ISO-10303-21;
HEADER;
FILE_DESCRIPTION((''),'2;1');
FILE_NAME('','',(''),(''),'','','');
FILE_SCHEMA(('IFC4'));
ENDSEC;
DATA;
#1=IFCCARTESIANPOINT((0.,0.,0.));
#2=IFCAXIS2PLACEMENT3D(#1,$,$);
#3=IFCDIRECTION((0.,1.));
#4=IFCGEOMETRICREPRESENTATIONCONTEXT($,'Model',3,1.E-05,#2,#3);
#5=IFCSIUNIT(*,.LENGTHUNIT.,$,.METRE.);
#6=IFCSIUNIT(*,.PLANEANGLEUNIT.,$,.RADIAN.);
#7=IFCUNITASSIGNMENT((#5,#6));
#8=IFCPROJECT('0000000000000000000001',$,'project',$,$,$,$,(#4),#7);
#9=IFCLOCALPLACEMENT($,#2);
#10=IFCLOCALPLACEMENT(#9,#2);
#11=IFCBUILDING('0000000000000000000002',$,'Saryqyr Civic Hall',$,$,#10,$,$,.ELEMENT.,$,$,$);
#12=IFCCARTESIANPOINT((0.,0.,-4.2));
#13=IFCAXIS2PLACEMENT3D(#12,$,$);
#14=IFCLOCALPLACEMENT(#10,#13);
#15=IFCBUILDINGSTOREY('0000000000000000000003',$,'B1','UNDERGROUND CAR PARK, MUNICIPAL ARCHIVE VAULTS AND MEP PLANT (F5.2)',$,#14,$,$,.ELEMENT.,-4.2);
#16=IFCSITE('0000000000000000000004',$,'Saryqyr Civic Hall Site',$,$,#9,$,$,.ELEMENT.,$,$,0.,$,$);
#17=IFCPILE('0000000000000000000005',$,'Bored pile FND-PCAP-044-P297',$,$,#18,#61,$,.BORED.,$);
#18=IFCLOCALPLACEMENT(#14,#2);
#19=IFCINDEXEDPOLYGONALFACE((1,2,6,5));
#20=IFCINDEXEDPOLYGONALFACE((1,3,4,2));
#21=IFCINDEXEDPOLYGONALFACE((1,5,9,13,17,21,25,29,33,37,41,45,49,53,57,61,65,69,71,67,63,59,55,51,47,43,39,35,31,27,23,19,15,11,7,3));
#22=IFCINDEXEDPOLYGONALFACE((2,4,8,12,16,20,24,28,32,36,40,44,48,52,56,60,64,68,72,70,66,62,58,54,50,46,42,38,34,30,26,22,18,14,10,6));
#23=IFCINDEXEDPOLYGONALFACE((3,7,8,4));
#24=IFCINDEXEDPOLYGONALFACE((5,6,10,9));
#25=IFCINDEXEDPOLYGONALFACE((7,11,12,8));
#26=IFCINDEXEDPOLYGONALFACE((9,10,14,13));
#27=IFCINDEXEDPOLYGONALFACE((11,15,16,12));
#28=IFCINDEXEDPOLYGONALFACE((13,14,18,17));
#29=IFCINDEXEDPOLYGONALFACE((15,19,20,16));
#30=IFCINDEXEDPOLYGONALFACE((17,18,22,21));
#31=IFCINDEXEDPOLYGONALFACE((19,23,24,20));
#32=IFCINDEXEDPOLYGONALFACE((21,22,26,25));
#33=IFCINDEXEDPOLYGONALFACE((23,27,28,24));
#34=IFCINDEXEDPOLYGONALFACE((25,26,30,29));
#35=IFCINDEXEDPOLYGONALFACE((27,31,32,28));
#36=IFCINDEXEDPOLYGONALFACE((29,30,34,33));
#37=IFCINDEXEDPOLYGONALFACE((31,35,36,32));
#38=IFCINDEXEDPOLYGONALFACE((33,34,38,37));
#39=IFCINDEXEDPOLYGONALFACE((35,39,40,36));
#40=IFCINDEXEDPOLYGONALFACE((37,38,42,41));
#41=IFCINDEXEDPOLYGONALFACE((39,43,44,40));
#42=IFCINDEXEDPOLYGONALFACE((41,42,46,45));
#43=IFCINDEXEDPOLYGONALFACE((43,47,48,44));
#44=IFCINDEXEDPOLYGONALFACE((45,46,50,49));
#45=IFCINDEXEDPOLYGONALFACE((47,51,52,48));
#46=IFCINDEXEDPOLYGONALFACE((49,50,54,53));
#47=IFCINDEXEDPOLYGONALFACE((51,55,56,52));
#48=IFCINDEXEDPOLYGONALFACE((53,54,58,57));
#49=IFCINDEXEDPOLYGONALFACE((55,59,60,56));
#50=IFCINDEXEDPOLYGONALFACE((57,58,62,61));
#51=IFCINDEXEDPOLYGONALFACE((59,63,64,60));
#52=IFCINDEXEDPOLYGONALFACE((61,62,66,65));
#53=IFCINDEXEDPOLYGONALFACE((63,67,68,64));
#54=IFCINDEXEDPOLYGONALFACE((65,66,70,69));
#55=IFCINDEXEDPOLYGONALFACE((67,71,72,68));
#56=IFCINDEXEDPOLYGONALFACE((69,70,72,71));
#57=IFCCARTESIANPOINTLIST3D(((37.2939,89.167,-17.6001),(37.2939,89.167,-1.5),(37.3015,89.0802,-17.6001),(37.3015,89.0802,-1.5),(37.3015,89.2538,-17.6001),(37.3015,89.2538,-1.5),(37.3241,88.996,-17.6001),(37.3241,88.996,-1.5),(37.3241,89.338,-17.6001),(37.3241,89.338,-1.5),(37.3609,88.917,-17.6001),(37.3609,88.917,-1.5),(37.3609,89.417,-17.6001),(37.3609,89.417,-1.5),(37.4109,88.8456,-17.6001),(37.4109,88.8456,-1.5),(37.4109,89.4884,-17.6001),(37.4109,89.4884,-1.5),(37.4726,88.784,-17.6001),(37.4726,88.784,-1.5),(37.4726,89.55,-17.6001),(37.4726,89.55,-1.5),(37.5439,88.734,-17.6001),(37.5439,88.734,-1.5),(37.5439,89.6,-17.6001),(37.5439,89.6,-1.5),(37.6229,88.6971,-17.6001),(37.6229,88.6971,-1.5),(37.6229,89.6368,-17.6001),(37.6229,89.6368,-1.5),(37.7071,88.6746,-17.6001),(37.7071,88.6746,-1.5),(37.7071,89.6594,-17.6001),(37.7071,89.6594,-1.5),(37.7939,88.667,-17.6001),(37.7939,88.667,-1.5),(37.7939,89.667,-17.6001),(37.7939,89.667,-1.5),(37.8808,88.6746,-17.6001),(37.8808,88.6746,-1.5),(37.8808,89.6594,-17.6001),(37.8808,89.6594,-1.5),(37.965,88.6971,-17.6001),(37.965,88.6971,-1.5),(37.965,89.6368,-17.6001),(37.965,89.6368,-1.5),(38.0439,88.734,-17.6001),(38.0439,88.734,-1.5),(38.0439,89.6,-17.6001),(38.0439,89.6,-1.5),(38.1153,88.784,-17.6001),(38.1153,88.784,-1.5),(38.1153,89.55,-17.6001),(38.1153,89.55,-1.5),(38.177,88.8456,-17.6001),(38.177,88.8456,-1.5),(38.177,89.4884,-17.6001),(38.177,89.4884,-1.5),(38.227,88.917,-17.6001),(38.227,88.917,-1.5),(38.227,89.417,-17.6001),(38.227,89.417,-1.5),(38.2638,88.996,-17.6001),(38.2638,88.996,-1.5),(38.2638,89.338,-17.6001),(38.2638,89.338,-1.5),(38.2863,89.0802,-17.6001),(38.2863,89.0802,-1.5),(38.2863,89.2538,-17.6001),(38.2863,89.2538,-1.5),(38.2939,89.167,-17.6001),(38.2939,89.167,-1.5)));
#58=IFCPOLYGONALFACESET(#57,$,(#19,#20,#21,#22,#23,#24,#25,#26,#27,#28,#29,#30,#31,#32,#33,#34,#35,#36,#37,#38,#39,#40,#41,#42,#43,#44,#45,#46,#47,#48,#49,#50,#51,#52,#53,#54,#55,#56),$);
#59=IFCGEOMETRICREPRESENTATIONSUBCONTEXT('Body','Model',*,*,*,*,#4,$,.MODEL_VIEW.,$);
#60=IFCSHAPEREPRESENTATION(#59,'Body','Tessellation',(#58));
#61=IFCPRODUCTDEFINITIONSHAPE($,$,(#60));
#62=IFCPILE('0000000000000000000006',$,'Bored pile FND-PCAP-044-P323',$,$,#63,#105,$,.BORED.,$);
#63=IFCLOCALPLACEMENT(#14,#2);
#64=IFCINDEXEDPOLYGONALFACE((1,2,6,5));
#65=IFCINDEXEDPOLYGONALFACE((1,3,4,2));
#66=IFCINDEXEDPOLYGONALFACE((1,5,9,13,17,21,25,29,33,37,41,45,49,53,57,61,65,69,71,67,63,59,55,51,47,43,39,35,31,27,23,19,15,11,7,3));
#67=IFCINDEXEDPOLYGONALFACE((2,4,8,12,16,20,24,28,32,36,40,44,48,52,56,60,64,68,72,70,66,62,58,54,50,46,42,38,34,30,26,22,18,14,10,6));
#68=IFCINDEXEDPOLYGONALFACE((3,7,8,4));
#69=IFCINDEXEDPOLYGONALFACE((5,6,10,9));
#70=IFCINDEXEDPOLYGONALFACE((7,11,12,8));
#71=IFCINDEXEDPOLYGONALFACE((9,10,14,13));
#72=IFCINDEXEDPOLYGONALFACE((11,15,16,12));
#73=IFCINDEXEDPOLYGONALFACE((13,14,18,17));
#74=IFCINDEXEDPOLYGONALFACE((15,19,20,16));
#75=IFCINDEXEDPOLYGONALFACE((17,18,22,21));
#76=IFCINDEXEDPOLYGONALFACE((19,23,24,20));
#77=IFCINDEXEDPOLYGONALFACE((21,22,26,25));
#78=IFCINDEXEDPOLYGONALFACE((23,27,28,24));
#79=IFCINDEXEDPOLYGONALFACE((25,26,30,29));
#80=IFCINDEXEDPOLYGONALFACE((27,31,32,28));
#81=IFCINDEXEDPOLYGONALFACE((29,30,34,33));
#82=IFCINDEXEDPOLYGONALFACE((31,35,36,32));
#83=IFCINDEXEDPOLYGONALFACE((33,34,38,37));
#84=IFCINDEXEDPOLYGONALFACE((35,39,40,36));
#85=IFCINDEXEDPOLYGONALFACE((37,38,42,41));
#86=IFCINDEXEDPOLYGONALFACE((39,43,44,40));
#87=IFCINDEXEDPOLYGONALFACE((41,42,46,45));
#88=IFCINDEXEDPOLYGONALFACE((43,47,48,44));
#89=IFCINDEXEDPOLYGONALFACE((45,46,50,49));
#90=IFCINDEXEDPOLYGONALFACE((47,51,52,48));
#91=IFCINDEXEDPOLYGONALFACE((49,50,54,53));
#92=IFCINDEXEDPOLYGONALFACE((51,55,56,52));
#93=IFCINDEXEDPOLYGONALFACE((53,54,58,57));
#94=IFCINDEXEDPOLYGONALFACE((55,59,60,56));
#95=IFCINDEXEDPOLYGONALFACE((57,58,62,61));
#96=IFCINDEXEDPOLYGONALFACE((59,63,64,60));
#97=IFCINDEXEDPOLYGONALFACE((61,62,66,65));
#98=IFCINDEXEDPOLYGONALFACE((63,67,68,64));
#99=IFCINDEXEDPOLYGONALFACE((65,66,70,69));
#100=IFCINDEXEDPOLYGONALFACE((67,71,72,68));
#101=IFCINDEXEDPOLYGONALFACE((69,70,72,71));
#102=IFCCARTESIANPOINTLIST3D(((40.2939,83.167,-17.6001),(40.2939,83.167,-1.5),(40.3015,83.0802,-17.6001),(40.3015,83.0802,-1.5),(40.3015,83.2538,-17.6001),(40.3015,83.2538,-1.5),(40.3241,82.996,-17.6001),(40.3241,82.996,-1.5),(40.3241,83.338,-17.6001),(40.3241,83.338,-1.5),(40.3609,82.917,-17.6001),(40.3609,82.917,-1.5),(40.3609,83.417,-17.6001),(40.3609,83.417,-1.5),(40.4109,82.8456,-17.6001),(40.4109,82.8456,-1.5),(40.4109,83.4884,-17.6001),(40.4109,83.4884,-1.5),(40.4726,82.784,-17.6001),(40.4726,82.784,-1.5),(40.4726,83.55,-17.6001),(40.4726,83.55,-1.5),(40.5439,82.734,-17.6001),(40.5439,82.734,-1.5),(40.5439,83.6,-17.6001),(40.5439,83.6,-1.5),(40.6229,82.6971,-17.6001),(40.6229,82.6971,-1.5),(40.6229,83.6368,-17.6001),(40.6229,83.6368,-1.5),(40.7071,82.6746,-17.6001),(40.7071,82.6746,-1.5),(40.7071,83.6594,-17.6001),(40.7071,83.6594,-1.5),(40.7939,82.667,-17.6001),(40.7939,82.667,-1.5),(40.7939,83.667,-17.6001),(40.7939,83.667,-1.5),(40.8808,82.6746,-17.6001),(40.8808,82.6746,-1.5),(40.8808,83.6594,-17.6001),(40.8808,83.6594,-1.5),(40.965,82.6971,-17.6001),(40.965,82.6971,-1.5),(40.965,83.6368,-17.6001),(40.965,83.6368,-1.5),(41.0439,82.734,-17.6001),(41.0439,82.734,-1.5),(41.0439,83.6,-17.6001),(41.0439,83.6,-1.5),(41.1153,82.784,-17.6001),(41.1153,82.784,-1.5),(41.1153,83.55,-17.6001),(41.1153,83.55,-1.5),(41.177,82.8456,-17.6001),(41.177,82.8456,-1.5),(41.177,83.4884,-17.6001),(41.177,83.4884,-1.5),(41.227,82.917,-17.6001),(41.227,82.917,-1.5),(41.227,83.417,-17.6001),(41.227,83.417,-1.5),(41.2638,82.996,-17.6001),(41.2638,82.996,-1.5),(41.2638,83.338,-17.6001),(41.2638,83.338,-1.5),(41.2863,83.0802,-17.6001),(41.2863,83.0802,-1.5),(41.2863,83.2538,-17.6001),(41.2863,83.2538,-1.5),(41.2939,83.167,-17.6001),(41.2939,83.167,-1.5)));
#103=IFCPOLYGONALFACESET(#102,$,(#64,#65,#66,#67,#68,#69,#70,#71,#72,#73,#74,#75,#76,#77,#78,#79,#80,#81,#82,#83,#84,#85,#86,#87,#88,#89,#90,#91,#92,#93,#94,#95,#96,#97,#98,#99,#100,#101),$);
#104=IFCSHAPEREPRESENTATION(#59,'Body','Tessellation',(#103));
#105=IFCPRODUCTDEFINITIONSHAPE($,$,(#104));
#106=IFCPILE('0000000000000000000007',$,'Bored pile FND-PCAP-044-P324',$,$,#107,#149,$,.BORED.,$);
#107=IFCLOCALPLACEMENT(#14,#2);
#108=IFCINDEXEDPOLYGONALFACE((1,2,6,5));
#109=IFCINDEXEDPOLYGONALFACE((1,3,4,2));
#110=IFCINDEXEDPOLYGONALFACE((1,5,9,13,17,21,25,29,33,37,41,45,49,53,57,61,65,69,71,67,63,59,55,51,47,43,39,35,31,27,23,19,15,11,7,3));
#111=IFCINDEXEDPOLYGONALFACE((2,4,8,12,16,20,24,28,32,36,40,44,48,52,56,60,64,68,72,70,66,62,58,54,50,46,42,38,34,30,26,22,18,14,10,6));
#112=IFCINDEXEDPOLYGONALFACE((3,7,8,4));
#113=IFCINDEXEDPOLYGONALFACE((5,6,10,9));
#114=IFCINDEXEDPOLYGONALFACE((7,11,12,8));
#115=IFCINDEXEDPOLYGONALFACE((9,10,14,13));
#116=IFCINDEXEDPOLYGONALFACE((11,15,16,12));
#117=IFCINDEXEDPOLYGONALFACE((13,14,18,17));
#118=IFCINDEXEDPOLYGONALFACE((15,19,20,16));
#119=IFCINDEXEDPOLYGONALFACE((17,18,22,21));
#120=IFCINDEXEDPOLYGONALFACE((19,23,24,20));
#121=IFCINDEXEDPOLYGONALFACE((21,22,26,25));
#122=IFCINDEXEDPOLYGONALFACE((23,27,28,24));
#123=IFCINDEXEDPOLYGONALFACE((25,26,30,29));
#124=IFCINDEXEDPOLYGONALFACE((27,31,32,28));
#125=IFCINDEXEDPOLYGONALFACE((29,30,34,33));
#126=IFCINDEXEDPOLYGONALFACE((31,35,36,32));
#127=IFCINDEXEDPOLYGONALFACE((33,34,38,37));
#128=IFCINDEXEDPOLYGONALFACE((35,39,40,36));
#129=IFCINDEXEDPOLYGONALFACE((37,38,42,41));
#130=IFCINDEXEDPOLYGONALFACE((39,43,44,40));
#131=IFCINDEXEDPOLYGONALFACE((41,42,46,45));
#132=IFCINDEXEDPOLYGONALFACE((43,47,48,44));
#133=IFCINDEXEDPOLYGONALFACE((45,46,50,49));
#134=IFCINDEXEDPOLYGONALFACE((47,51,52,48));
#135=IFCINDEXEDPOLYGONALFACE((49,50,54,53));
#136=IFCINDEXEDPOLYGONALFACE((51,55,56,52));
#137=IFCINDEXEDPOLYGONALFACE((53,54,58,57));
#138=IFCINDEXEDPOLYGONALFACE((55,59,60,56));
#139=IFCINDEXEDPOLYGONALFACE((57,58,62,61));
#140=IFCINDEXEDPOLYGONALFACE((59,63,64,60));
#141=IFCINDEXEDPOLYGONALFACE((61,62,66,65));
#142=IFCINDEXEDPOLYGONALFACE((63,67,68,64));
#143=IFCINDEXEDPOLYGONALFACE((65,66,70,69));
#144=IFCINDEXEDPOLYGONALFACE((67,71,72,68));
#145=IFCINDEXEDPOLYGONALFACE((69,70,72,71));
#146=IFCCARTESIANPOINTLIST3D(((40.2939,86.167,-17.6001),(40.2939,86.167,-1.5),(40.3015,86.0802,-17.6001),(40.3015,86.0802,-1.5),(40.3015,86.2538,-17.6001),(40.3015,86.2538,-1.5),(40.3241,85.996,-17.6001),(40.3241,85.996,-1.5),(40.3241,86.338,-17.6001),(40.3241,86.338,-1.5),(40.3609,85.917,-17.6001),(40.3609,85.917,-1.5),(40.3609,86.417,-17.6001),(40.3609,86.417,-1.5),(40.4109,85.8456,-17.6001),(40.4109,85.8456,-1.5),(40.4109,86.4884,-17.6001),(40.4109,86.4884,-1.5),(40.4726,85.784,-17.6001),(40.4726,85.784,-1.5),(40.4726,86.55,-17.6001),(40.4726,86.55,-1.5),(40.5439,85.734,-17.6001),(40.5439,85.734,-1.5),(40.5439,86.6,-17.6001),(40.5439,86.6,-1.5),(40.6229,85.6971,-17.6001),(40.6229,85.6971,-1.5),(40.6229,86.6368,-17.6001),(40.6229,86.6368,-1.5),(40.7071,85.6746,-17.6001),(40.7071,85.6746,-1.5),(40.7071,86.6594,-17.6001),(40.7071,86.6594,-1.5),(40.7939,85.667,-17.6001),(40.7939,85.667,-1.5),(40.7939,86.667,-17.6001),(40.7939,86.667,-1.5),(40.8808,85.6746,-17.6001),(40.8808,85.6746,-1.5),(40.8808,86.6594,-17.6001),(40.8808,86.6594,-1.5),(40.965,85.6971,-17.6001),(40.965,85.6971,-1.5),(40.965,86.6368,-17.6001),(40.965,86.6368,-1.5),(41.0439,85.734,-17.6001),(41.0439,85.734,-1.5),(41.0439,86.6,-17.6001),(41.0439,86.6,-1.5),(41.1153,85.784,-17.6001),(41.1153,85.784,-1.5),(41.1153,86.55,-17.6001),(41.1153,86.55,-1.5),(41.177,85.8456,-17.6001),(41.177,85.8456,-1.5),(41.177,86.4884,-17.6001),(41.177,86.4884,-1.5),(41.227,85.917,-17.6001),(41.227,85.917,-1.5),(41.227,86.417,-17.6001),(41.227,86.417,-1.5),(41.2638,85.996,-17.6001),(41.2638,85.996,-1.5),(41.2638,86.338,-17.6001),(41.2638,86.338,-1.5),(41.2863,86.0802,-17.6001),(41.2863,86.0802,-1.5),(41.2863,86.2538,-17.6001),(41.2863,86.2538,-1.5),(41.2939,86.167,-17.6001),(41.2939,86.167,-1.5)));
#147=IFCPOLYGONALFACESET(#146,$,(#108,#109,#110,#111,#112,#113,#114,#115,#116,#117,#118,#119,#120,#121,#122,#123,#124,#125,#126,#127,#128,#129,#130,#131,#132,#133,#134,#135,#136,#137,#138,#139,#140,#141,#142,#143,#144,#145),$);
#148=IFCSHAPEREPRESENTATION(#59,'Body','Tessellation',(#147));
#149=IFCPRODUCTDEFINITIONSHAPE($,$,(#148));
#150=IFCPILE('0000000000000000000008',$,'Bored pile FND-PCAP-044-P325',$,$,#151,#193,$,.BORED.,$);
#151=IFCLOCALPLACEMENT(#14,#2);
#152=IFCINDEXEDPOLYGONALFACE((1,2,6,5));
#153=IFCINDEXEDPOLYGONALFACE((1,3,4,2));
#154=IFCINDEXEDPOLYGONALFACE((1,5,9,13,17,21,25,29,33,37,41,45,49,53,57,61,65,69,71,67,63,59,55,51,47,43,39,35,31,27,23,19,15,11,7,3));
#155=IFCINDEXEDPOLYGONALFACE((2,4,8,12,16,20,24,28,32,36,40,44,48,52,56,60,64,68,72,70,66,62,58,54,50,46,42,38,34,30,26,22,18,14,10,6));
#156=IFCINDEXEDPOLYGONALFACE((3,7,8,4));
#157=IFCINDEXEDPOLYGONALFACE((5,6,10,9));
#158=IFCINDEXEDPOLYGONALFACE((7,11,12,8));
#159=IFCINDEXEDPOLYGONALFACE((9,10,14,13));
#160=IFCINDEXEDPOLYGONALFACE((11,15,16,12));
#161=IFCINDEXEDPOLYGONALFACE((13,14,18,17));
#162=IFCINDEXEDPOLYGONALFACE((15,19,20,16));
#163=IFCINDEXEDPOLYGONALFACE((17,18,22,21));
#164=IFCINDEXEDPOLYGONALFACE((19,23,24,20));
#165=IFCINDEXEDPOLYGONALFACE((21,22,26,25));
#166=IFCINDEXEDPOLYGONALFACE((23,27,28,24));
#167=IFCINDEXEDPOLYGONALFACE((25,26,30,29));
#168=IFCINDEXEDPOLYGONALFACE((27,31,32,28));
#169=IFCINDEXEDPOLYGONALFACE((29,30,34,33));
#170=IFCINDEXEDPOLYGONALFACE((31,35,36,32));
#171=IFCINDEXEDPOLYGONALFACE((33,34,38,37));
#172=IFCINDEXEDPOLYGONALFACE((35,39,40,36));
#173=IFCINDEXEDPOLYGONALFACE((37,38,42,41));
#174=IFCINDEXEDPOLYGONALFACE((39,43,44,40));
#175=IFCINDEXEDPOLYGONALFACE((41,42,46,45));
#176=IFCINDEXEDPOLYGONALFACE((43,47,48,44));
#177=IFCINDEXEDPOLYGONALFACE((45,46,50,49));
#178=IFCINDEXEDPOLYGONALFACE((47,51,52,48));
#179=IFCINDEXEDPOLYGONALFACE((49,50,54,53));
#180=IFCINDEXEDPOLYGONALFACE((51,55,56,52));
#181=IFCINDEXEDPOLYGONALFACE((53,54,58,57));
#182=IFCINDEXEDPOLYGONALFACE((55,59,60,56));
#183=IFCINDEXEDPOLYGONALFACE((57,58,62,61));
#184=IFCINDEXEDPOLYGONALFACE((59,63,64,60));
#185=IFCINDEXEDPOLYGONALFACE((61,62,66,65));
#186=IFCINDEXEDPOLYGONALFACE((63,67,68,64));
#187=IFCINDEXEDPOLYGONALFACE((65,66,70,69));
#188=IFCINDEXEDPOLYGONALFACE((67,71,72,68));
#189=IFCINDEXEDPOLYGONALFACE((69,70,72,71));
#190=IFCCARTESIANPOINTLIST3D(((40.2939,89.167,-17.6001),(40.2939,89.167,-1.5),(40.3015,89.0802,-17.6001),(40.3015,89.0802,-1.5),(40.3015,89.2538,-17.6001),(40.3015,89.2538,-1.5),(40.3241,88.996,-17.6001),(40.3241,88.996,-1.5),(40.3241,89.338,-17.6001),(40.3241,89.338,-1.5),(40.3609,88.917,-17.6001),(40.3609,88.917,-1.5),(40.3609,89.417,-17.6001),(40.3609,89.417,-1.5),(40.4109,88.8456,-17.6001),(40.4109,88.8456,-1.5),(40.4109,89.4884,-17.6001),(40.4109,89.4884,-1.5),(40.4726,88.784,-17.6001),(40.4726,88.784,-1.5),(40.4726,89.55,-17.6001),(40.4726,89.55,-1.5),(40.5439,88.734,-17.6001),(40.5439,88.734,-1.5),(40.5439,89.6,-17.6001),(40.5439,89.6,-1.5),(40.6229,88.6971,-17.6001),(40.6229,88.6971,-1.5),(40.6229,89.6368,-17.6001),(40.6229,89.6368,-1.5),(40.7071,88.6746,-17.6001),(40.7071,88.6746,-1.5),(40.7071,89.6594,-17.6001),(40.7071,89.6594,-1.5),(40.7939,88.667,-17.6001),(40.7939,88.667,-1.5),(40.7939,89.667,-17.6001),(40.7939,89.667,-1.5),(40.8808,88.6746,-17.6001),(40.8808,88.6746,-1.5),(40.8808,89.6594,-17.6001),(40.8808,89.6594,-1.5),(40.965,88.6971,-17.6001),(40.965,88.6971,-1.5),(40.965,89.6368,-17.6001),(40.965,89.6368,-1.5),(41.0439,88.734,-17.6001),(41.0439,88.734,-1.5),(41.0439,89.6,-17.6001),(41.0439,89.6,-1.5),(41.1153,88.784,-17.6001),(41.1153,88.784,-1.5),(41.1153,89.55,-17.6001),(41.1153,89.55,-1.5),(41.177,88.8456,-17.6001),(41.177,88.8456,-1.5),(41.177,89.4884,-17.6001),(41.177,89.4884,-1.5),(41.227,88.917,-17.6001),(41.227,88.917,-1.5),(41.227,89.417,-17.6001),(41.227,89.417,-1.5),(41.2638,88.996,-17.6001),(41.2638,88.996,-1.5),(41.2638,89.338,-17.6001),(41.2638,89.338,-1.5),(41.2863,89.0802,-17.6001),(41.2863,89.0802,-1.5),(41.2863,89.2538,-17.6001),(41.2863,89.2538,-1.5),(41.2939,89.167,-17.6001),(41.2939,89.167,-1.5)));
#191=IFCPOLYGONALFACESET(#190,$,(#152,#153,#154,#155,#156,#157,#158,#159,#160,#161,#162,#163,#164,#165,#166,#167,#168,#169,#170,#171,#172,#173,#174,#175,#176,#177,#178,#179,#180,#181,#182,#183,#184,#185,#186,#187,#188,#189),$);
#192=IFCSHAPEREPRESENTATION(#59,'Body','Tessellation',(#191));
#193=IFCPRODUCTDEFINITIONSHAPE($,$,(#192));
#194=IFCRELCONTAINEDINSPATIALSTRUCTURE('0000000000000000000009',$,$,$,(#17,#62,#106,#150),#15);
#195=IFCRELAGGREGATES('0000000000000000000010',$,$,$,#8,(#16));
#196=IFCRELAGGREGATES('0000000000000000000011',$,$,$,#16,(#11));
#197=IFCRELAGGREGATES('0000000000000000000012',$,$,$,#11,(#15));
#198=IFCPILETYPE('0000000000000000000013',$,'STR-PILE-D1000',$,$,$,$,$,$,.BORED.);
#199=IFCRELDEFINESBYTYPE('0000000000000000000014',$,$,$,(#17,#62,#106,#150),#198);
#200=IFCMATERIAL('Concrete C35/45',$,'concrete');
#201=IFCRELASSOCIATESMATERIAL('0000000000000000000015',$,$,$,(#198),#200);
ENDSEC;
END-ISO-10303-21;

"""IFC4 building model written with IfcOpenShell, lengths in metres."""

from ifc_helpers import new_model, si_unit, direction, frame, origin, origin_2d, place, context, subcontext, project, spatial, circle, extrude, material, material_profile, profile_set, type_object, element, save


model = new_model("IFC4")

# Units and contexts
model_context = context("Model", 3, precision=1e-05, world=origin(), true_north=direction((0.0, 1.0)))
body_context = subcontext(model_context, "Body", "Model", "MODEL_VIEW")
ifc_project = project(units=[si_unit("LENGTHUNIT", "METRE"), si_unit("PLANEANGLEUNIT", "RADIAN")], contexts=[model_context])

# Site, building, storey
site_placement = place(None, origin())
site = spatial("IfcSite", under=ifc_project, at=site_placement, Name="Saryqyr Civic Hall Site", CompositionType="ELEMENT", RefElevation=0.0)
building_placement = place(site_placement, origin())
building = spatial("IfcBuilding", under=site, at=building_placement, Name="Saryqyr Civic Hall", CompositionType="ELEMENT")
storey_placement = place(building_placement, frame((0.0, 0.0, -4.2)))
storey = spatial("IfcBuildingStorey", under=building, at=storey_placement, Name="B1", Description="UNDERGROUND CAR PARK, MUNICIPAL ARCHIVE VAULTS AND MEP PLANT (F5.2)", CompositionType="ELEMENT", Elevation=-4.2)

# Piles
ifc_material_1 = material(Name="Concrete C35/45", Category="concrete")
ifc_material_profile_1 = material_profile(ifc_material_1, circle(Radius=0.5, at=origin_2d()), Name="BORED PILE D1000")
ifc_profile_set_1 = profile_set([ifc_material_profile_1], Name="Concrete C35/45")
pile_type = type_object("IfcPileType", Name="STR-PILE-D1000", PredefinedType="BORED", material=ifc_profile_set_1)
for number, where, z_axis, x_axis, name in (
    (1, (37.7939, 89.167, -1.5), (0.0, 0.0, -1.0), (1.0, 0.0, 0.0), "Bored pile FND-PCAP-044-P297"),
    (2, (40.7939, 83.167, -1.5), (0.0, 0.0, -1.0), (1.0, 0.0, 0.0), "Bored pile FND-PCAP-044-P323"),
    (3, (40.7939, 86.167, -1.5), (0.0, 0.0, -1.0), (1.0, 0.0, 0.0), "Bored pile FND-PCAP-044-P324"),
    (4, (40.7939, 89.167, -1.5), (0.0, 0.0, -1.0), (1.0, 0.0, 0.0), "Bored pile FND-PCAP-044-P325"),
):
    element("IfcPile", number, at=place(storey_placement, frame(where, z_axis=z_axis, x_axis=x_axis)), inside=storey, type_object=pile_type, Name=name, PredefinedType="BORED", context=body_context, shape_type="SweptSolid", body=[
        extrude(circle(Radius=0.5, at=origin_2d()), origin(), (0.0, 0.0, 1.0), 16.1001),
    ])

save(model, "model.ifc")
